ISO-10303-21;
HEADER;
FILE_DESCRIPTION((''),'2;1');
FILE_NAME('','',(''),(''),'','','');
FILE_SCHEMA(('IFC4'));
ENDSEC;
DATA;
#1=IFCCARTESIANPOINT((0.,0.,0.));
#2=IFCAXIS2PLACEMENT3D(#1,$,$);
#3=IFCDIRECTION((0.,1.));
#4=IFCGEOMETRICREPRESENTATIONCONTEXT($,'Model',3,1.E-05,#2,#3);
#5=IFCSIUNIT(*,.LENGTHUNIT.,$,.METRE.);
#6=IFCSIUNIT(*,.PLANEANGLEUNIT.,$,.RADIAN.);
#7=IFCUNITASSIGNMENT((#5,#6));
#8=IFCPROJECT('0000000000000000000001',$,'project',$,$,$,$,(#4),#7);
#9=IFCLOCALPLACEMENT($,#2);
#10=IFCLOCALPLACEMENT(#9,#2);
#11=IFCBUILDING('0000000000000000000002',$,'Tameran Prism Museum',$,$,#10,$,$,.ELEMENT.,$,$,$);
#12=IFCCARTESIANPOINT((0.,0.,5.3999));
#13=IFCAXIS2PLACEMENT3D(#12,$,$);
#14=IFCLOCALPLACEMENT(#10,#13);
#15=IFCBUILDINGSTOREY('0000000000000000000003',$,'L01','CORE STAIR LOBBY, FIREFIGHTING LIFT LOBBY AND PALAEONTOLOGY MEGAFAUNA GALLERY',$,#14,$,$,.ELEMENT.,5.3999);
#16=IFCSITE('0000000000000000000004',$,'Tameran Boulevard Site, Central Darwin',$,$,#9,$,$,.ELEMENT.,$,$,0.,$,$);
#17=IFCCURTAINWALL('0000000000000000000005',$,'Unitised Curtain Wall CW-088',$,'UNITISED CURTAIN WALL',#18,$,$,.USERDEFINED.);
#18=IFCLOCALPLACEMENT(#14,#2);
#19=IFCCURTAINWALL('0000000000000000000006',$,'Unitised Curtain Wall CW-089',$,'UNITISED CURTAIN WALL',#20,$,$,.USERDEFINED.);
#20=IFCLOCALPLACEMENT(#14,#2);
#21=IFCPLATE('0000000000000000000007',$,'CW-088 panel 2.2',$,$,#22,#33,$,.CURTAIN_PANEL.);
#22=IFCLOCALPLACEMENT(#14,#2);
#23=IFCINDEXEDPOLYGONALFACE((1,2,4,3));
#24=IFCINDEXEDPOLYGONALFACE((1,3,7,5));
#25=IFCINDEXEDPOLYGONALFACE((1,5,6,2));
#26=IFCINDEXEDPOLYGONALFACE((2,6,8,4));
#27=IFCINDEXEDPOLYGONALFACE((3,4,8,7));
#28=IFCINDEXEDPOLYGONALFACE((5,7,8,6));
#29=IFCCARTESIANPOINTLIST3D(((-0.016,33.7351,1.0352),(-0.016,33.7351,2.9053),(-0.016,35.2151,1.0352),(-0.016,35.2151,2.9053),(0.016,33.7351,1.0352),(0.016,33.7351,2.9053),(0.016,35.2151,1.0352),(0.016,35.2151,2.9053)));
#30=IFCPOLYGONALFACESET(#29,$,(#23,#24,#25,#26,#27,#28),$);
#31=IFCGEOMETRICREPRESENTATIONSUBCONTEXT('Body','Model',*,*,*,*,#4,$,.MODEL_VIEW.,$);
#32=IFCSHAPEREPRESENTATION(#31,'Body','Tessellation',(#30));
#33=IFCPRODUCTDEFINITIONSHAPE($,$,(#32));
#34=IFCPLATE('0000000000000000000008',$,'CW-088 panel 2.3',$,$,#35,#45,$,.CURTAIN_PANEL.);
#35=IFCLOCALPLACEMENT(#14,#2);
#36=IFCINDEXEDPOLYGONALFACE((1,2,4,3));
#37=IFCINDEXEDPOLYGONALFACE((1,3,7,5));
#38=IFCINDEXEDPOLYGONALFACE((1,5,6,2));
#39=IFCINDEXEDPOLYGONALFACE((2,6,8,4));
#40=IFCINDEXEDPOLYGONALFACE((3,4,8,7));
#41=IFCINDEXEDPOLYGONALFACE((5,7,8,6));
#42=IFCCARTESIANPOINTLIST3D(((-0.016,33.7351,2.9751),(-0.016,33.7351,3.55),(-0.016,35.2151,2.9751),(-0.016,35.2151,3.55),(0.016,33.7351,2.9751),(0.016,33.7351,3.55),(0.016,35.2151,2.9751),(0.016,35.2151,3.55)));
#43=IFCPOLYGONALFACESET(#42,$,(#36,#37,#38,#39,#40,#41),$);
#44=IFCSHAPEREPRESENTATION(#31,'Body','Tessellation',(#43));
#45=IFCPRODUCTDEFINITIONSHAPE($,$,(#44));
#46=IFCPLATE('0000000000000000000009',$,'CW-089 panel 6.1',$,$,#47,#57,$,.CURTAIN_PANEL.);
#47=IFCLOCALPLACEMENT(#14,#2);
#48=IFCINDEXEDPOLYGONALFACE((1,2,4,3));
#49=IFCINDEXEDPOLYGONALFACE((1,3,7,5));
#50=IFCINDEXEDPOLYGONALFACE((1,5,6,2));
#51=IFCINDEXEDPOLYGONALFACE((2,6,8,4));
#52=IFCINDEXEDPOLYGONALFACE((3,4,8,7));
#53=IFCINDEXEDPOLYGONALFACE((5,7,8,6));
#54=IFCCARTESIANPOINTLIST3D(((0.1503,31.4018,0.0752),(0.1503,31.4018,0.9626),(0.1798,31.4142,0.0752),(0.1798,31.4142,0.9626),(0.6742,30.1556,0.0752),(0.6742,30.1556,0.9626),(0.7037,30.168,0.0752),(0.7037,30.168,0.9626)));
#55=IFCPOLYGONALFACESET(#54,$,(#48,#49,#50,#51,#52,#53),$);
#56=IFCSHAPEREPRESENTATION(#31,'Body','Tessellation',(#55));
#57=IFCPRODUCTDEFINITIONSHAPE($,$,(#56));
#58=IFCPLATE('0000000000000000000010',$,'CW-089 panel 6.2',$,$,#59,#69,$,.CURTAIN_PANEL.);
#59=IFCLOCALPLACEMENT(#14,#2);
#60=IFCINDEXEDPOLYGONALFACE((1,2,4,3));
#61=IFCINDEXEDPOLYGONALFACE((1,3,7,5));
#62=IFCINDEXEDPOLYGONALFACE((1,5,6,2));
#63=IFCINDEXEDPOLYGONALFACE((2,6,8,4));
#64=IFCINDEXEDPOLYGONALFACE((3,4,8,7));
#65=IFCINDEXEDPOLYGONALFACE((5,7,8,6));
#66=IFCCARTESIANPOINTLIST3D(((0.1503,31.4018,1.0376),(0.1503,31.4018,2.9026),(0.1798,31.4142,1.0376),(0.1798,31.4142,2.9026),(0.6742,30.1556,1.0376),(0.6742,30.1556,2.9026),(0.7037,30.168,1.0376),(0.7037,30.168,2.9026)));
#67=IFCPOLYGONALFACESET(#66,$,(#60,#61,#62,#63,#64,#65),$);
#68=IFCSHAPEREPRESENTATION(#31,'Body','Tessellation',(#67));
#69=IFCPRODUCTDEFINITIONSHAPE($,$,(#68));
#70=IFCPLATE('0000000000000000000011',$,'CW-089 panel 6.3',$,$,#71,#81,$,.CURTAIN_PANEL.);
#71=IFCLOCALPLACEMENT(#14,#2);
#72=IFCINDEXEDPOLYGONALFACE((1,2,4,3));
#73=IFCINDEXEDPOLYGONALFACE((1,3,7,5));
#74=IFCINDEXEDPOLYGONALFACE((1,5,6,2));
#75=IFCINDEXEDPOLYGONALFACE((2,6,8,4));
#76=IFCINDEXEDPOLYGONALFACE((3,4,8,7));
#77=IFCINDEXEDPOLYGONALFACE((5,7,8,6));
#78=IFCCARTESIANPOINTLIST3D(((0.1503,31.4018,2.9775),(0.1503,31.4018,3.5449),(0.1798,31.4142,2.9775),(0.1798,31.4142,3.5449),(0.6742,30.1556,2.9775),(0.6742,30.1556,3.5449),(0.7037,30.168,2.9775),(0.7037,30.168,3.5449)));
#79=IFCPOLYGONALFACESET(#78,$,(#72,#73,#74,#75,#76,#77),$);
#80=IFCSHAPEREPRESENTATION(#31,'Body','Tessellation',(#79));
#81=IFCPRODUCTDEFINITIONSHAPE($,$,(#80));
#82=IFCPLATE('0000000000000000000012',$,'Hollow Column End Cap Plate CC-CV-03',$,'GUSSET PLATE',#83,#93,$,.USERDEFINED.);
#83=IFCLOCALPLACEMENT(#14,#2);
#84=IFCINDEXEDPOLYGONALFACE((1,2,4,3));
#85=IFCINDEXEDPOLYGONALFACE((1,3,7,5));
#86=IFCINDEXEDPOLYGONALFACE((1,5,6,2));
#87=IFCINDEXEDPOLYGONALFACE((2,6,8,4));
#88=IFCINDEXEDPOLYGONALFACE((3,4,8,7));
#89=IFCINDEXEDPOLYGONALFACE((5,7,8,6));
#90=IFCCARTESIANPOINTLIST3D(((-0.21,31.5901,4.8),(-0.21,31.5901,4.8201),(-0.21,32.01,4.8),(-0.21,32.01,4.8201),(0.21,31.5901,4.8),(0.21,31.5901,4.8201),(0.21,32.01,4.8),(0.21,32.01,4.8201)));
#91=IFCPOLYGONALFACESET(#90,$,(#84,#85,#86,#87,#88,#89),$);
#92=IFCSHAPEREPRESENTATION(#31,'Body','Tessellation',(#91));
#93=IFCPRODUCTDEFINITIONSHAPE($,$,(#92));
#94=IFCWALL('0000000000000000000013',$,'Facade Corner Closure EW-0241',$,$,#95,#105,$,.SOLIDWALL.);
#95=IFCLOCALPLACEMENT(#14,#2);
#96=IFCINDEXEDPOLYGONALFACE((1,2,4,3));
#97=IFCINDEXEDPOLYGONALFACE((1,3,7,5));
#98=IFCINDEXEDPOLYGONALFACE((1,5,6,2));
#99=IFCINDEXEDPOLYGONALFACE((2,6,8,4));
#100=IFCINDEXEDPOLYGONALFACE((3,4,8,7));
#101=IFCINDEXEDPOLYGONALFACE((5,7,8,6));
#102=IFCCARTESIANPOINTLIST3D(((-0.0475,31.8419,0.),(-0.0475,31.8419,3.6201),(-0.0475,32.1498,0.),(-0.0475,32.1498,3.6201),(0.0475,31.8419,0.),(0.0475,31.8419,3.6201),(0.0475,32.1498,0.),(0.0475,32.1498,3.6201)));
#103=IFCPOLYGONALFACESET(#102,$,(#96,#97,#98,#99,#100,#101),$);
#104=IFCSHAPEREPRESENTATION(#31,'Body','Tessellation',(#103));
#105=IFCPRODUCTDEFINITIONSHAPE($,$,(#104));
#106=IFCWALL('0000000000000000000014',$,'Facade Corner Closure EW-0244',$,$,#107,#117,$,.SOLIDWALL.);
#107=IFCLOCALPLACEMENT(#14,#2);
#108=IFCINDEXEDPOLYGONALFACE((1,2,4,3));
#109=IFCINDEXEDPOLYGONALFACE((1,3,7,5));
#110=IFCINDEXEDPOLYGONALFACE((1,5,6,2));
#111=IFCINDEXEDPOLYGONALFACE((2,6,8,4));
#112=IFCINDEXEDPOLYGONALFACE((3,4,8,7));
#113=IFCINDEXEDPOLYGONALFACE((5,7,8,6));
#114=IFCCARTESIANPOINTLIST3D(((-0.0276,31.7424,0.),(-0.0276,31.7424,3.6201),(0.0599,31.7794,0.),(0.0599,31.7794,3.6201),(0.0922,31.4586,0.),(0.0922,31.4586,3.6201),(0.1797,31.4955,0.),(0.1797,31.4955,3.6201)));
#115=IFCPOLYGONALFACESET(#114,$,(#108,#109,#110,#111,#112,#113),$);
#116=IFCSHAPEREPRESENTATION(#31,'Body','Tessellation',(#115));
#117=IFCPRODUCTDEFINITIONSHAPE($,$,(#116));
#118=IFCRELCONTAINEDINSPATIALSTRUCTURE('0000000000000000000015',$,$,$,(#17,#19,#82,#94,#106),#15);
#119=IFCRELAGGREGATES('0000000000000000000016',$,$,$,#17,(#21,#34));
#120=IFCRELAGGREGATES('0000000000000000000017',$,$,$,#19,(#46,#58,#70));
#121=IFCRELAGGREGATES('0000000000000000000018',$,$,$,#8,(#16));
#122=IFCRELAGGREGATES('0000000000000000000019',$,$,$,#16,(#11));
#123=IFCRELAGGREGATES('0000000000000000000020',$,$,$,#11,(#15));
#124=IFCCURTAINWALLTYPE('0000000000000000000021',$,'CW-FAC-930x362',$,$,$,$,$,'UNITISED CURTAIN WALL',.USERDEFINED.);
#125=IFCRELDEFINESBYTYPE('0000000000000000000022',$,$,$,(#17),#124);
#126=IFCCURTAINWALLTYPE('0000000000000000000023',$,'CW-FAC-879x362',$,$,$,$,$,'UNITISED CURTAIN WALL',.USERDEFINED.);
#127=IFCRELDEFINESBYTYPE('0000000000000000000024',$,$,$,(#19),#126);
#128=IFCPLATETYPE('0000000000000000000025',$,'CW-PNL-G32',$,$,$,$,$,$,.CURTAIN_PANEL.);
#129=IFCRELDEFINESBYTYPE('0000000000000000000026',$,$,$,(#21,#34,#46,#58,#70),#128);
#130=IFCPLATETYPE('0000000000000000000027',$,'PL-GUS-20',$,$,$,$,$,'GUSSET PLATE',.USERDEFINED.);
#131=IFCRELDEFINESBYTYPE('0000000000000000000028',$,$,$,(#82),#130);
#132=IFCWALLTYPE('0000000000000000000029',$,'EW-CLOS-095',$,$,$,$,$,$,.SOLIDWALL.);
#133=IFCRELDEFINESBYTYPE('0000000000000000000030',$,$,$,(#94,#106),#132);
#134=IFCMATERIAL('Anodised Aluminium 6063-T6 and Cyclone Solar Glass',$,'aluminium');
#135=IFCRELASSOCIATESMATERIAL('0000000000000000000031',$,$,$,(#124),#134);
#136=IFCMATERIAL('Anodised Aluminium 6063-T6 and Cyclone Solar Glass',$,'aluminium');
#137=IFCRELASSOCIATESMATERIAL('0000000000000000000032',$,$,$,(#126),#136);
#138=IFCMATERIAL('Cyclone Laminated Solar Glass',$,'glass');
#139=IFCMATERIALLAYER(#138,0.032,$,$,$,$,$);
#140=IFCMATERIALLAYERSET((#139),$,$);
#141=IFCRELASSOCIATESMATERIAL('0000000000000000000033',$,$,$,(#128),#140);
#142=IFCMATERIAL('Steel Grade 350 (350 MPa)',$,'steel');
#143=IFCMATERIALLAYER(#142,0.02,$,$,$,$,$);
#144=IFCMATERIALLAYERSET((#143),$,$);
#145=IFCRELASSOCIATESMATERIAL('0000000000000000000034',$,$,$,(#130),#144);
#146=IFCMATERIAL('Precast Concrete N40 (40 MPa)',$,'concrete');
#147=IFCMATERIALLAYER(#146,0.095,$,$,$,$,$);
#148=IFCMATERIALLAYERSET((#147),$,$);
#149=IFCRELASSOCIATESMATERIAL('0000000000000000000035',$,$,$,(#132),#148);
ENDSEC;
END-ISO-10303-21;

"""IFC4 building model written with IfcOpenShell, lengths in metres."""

from ifc_helpers import new_model, si_unit, direction, frame, frame_2d, origin, origin_2d, place, context, subcontext, project, spatial, rectangle, extrude, material, layer, layer_set, type_object, element, aggregate, save


model = new_model("IFC4")

# Units and contexts
model_context = context("Model", 3, precision=1e-05, world=origin(), true_north=direction((0.0, 1.0)))
body_context = subcontext(model_context, "Body", "Model", "MODEL_VIEW")
ifc_project = project(units=[si_unit("LENGTHUNIT", "METRE"), si_unit("PLANEANGLEUNIT", "RADIAN")], contexts=[model_context])

# Site, building, storey
site_placement = place(None, origin())
site = spatial("IfcSite", under=ifc_project, at=site_placement, Name="Tameran Boulevard Site, Central Darwin", CompositionType="ELEMENT", RefElevation=0.0)
building_placement = place(site_placement, origin())
building = spatial("IfcBuilding", under=site, at=building_placement, Name="Tameran Prism Museum", CompositionType="ELEMENT")
storey_placement = place(building_placement, frame((0.0, 0.0, 5.3999)))
storey = spatial("IfcBuildingStorey", under=building, at=storey_placement, Name="L01", Description="CORE STAIR LOBBY, FIREFIGHTING LIFT LOBBY AND PALAEONTOLOGY MEGAFAUNA GALLERY", CompositionType="ELEMENT", Elevation=5.3999)

# Curtain walls
ifc_material_1 = material(Name="Anodised Aluminium 6063-T6 and Cyclone Solar Glass", Category="aluminium")
curtain_wall_type_1 = type_object("IfcCurtainWallType", Name="CW-FAC-930x362", ElementType="UNITISED CURTAIN WALL", PredefinedType="USERDEFINED", material=ifc_material_1)
curtain_wall_1_placement = place(storey_placement, origin())
curtain_wall_1 = element("IfcCurtainWall", 1, at=curtain_wall_1_placement, inside=storey, type_object=curtain_wall_type_1, Name="Unitised Curtain Wall CW-088", ObjectType="UNITISED CURTAIN WALL", PredefinedType="USERDEFINED")
ifc_material_2 = material(Name="Anodised Aluminium 6063-T6 and Cyclone Solar Glass", Category="aluminium")
curtain_wall_type_2 = type_object("IfcCurtainWallType", Name="CW-FAC-879x362", ElementType="UNITISED CURTAIN WALL", PredefinedType="USERDEFINED", material=ifc_material_2)
curtain_wall_2_placement = place(storey_placement, origin())
curtain_wall_2 = element("IfcCurtainWall", 2, at=curtain_wall_2_placement, inside=storey, type_object=curtain_wall_type_2, Name="Unitised Curtain Wall CW-089", ObjectType="UNITISED CURTAIN WALL", PredefinedType="USERDEFINED")

# Plates
ifc_material_3 = material(Name="Cyclone Laminated Solar Glass", Category="glass")
ifc_layer_1 = layer(ifc_material_3, 0.032)
ifc_layer_set_1 = layer_set([ifc_layer_1])
plate_type_1 = type_object("IfcPlateType", Name="CW-PNL-G32", PredefinedType="CURTAIN_PANEL", material=ifc_layer_set_1)
plate_1_placement = place(storey_placement, frame((0.0, 34.4751, 1.0352), z_axis=(0.0, 0.0, 1.0), x_axis=(0.0, 1.0, 0.0)))
plate_1 = element("IfcPlate", 3, at=plate_1_placement, type_object=plate_type_1, Name="CW-088 panel 2.2", PredefinedType="CURTAIN_PANEL", context=body_context, shape_type="SweptSolid", body=[
    extrude(rectangle(XDim=1.48, YDim=0.032, at=origin_2d()), origin(), (0.0, 0.0, 1.0), 1.8701),
])
plate_2_placement = place(storey_placement, frame((0.0, 34.4751, 2.9751), z_axis=(0.0, 0.0, 1.0), x_axis=(0.0, 1.0, 0.0)))
plate_2 = element("IfcPlate", 4, at=plate_2_placement, type_object=plate_type_1, Name="CW-088 panel 2.3", PredefinedType="CURTAIN_PANEL", context=body_context, shape_type="SweptSolid", body=[
    extrude(rectangle(XDim=1.48, YDim=0.032, at=origin_2d()), origin(), (0.0, 0.0, 1.0), 0.575),
])
aggregate(curtain_wall_1, [plate_1, plate_2])
plate_3_placement = place(storey_placement, frame((0.427, 30.7849, 0.0752), z_axis=(0.0, 0.0, 1.0), x_axis=(-0.387563, 0.921843, 0.0)))
plate_3 = element("IfcPlate", 5, at=plate_3_placement, type_object=plate_type_1, Name="CW-089 panel 6.1", PredefinedType="CURTAIN_PANEL", context=body_context, shape_type="SweptSolid", body=[
    extrude(rectangle(XDim=1.3518, YDim=0.032, at=origin_2d()), origin(), (0.0, 0.0, 1.0), 0.8875),
])
plate_4_placement = place(storey_placement, frame((0.427, 30.7849, 1.0376), z_axis=(0.0, 0.0, 1.0), x_axis=(-0.387563, 0.921843, 0.0)))
plate_4 = element("IfcPlate", 6, at=plate_4_placement, type_object=plate_type_1, Name="CW-089 panel 6.2", PredefinedType="CURTAIN_PANEL", context=body_context, shape_type="SweptSolid", body=[
    extrude(rectangle(XDim=1.3518, YDim=0.032, at=origin_2d()), origin(), (0.0, 0.0, 1.0), 1.865),
])
plate_5_placement = place(storey_placement, frame((0.427, 30.7849, 2.9775), z_axis=(0.0, 0.0, 1.0), x_axis=(-0.387563, 0.921843, 0.0)))
plate_5 = element("IfcPlate", 7, at=plate_5_placement, type_object=plate_type_1, Name="CW-089 panel 6.3", PredefinedType="CURTAIN_PANEL", context=body_context, shape_type="SweptSolid", body=[
    extrude(rectangle(XDim=1.3518, YDim=0.032, at=origin_2d()), origin(), (0.0, 0.0, 1.0), 0.5674),
])
aggregate(curtain_wall_2, [plate_3, plate_4, plate_5])
ifc_material_4 = material(Name="Steel Grade 350 (350 MPa)", Category="steel")
ifc_layer_2 = layer(ifc_material_4, 0.02)
ifc_layer_set_2 = layer_set([ifc_layer_2])
plate_type_2 = type_object("IfcPlateType", Name="PL-GUS-20", ElementType="GUSSET PLATE", PredefinedType="USERDEFINED", material=ifc_layer_set_2)
plate_6_placement = place(storey_placement, frame((0.0, 31.8, 4.8), z_axis=(0.0, 0.0, 1.0), x_axis=(1.0, 0.0, 0.0)))
element("IfcPlate", 8, at=plate_6_placement, inside=storey, type_object=plate_type_2, Name="Hollow Column End Cap Plate CC-CV-03", ObjectType="GUSSET PLATE", PredefinedType="USERDEFINED", context=body_context, shape_type="SweptSolid", body=[
    extrude(rectangle(XDim=0.4199, YDim=0.4199, at=origin_2d()), origin(), (0.0, 0.0, 1.0), 0.02),
])

# Walls
ifc_material_5 = material(Name="Precast Concrete N40 (40 MPa)", Category="concrete")
ifc_layer_3 = layer(ifc_material_5, 0.095)
ifc_layer_set_3 = layer_set([ifc_layer_3])
wall_type = type_object("IfcWallType", Name="EW-CLOS-095", PredefinedType="SOLIDWALL", material=ifc_layer_set_3)
wall_1_placement = place(storey_placement, frame((0.0, 31.842, 0.0), z_axis=(0.0, 0.0, 1.0), x_axis=(0.0, 1.0, 0.0)))
element("IfcWall", 9, at=wall_1_placement, inside=storey, type_object=wall_type, Name="Facade Corner Closure EW-0241", PredefinedType="SOLIDWALL", context=body_context, shape_type="SweptSolid", body=[
    extrude(rectangle(XDim=0.3079, YDim=0.095, at=frame_2d((0.1538, 0.0))), origin(), (0.0, 0.0, 1.0), 3.6201),
])
wall_2_placement = place(storey_placement, frame((0.136, 31.4771, 0.0), z_axis=(0.0, 0.0, 1.0), x_axis=(-0.388942, 0.921262, 0.0)))
element("IfcWall", 10, at=wall_2_placement, inside=storey, type_object=wall_type, Name="Facade Corner Closure EW-0244", PredefinedType="SOLIDWALL", context=body_context, shape_type="SweptSolid", body=[
    extrude(rectangle(XDim=0.3081, YDim=0.095, at=frame_2d((0.1541, 0.0))), origin(), (0.0, 0.0, 1.0), 3.6201),
])

save(model, "model.ifc")
